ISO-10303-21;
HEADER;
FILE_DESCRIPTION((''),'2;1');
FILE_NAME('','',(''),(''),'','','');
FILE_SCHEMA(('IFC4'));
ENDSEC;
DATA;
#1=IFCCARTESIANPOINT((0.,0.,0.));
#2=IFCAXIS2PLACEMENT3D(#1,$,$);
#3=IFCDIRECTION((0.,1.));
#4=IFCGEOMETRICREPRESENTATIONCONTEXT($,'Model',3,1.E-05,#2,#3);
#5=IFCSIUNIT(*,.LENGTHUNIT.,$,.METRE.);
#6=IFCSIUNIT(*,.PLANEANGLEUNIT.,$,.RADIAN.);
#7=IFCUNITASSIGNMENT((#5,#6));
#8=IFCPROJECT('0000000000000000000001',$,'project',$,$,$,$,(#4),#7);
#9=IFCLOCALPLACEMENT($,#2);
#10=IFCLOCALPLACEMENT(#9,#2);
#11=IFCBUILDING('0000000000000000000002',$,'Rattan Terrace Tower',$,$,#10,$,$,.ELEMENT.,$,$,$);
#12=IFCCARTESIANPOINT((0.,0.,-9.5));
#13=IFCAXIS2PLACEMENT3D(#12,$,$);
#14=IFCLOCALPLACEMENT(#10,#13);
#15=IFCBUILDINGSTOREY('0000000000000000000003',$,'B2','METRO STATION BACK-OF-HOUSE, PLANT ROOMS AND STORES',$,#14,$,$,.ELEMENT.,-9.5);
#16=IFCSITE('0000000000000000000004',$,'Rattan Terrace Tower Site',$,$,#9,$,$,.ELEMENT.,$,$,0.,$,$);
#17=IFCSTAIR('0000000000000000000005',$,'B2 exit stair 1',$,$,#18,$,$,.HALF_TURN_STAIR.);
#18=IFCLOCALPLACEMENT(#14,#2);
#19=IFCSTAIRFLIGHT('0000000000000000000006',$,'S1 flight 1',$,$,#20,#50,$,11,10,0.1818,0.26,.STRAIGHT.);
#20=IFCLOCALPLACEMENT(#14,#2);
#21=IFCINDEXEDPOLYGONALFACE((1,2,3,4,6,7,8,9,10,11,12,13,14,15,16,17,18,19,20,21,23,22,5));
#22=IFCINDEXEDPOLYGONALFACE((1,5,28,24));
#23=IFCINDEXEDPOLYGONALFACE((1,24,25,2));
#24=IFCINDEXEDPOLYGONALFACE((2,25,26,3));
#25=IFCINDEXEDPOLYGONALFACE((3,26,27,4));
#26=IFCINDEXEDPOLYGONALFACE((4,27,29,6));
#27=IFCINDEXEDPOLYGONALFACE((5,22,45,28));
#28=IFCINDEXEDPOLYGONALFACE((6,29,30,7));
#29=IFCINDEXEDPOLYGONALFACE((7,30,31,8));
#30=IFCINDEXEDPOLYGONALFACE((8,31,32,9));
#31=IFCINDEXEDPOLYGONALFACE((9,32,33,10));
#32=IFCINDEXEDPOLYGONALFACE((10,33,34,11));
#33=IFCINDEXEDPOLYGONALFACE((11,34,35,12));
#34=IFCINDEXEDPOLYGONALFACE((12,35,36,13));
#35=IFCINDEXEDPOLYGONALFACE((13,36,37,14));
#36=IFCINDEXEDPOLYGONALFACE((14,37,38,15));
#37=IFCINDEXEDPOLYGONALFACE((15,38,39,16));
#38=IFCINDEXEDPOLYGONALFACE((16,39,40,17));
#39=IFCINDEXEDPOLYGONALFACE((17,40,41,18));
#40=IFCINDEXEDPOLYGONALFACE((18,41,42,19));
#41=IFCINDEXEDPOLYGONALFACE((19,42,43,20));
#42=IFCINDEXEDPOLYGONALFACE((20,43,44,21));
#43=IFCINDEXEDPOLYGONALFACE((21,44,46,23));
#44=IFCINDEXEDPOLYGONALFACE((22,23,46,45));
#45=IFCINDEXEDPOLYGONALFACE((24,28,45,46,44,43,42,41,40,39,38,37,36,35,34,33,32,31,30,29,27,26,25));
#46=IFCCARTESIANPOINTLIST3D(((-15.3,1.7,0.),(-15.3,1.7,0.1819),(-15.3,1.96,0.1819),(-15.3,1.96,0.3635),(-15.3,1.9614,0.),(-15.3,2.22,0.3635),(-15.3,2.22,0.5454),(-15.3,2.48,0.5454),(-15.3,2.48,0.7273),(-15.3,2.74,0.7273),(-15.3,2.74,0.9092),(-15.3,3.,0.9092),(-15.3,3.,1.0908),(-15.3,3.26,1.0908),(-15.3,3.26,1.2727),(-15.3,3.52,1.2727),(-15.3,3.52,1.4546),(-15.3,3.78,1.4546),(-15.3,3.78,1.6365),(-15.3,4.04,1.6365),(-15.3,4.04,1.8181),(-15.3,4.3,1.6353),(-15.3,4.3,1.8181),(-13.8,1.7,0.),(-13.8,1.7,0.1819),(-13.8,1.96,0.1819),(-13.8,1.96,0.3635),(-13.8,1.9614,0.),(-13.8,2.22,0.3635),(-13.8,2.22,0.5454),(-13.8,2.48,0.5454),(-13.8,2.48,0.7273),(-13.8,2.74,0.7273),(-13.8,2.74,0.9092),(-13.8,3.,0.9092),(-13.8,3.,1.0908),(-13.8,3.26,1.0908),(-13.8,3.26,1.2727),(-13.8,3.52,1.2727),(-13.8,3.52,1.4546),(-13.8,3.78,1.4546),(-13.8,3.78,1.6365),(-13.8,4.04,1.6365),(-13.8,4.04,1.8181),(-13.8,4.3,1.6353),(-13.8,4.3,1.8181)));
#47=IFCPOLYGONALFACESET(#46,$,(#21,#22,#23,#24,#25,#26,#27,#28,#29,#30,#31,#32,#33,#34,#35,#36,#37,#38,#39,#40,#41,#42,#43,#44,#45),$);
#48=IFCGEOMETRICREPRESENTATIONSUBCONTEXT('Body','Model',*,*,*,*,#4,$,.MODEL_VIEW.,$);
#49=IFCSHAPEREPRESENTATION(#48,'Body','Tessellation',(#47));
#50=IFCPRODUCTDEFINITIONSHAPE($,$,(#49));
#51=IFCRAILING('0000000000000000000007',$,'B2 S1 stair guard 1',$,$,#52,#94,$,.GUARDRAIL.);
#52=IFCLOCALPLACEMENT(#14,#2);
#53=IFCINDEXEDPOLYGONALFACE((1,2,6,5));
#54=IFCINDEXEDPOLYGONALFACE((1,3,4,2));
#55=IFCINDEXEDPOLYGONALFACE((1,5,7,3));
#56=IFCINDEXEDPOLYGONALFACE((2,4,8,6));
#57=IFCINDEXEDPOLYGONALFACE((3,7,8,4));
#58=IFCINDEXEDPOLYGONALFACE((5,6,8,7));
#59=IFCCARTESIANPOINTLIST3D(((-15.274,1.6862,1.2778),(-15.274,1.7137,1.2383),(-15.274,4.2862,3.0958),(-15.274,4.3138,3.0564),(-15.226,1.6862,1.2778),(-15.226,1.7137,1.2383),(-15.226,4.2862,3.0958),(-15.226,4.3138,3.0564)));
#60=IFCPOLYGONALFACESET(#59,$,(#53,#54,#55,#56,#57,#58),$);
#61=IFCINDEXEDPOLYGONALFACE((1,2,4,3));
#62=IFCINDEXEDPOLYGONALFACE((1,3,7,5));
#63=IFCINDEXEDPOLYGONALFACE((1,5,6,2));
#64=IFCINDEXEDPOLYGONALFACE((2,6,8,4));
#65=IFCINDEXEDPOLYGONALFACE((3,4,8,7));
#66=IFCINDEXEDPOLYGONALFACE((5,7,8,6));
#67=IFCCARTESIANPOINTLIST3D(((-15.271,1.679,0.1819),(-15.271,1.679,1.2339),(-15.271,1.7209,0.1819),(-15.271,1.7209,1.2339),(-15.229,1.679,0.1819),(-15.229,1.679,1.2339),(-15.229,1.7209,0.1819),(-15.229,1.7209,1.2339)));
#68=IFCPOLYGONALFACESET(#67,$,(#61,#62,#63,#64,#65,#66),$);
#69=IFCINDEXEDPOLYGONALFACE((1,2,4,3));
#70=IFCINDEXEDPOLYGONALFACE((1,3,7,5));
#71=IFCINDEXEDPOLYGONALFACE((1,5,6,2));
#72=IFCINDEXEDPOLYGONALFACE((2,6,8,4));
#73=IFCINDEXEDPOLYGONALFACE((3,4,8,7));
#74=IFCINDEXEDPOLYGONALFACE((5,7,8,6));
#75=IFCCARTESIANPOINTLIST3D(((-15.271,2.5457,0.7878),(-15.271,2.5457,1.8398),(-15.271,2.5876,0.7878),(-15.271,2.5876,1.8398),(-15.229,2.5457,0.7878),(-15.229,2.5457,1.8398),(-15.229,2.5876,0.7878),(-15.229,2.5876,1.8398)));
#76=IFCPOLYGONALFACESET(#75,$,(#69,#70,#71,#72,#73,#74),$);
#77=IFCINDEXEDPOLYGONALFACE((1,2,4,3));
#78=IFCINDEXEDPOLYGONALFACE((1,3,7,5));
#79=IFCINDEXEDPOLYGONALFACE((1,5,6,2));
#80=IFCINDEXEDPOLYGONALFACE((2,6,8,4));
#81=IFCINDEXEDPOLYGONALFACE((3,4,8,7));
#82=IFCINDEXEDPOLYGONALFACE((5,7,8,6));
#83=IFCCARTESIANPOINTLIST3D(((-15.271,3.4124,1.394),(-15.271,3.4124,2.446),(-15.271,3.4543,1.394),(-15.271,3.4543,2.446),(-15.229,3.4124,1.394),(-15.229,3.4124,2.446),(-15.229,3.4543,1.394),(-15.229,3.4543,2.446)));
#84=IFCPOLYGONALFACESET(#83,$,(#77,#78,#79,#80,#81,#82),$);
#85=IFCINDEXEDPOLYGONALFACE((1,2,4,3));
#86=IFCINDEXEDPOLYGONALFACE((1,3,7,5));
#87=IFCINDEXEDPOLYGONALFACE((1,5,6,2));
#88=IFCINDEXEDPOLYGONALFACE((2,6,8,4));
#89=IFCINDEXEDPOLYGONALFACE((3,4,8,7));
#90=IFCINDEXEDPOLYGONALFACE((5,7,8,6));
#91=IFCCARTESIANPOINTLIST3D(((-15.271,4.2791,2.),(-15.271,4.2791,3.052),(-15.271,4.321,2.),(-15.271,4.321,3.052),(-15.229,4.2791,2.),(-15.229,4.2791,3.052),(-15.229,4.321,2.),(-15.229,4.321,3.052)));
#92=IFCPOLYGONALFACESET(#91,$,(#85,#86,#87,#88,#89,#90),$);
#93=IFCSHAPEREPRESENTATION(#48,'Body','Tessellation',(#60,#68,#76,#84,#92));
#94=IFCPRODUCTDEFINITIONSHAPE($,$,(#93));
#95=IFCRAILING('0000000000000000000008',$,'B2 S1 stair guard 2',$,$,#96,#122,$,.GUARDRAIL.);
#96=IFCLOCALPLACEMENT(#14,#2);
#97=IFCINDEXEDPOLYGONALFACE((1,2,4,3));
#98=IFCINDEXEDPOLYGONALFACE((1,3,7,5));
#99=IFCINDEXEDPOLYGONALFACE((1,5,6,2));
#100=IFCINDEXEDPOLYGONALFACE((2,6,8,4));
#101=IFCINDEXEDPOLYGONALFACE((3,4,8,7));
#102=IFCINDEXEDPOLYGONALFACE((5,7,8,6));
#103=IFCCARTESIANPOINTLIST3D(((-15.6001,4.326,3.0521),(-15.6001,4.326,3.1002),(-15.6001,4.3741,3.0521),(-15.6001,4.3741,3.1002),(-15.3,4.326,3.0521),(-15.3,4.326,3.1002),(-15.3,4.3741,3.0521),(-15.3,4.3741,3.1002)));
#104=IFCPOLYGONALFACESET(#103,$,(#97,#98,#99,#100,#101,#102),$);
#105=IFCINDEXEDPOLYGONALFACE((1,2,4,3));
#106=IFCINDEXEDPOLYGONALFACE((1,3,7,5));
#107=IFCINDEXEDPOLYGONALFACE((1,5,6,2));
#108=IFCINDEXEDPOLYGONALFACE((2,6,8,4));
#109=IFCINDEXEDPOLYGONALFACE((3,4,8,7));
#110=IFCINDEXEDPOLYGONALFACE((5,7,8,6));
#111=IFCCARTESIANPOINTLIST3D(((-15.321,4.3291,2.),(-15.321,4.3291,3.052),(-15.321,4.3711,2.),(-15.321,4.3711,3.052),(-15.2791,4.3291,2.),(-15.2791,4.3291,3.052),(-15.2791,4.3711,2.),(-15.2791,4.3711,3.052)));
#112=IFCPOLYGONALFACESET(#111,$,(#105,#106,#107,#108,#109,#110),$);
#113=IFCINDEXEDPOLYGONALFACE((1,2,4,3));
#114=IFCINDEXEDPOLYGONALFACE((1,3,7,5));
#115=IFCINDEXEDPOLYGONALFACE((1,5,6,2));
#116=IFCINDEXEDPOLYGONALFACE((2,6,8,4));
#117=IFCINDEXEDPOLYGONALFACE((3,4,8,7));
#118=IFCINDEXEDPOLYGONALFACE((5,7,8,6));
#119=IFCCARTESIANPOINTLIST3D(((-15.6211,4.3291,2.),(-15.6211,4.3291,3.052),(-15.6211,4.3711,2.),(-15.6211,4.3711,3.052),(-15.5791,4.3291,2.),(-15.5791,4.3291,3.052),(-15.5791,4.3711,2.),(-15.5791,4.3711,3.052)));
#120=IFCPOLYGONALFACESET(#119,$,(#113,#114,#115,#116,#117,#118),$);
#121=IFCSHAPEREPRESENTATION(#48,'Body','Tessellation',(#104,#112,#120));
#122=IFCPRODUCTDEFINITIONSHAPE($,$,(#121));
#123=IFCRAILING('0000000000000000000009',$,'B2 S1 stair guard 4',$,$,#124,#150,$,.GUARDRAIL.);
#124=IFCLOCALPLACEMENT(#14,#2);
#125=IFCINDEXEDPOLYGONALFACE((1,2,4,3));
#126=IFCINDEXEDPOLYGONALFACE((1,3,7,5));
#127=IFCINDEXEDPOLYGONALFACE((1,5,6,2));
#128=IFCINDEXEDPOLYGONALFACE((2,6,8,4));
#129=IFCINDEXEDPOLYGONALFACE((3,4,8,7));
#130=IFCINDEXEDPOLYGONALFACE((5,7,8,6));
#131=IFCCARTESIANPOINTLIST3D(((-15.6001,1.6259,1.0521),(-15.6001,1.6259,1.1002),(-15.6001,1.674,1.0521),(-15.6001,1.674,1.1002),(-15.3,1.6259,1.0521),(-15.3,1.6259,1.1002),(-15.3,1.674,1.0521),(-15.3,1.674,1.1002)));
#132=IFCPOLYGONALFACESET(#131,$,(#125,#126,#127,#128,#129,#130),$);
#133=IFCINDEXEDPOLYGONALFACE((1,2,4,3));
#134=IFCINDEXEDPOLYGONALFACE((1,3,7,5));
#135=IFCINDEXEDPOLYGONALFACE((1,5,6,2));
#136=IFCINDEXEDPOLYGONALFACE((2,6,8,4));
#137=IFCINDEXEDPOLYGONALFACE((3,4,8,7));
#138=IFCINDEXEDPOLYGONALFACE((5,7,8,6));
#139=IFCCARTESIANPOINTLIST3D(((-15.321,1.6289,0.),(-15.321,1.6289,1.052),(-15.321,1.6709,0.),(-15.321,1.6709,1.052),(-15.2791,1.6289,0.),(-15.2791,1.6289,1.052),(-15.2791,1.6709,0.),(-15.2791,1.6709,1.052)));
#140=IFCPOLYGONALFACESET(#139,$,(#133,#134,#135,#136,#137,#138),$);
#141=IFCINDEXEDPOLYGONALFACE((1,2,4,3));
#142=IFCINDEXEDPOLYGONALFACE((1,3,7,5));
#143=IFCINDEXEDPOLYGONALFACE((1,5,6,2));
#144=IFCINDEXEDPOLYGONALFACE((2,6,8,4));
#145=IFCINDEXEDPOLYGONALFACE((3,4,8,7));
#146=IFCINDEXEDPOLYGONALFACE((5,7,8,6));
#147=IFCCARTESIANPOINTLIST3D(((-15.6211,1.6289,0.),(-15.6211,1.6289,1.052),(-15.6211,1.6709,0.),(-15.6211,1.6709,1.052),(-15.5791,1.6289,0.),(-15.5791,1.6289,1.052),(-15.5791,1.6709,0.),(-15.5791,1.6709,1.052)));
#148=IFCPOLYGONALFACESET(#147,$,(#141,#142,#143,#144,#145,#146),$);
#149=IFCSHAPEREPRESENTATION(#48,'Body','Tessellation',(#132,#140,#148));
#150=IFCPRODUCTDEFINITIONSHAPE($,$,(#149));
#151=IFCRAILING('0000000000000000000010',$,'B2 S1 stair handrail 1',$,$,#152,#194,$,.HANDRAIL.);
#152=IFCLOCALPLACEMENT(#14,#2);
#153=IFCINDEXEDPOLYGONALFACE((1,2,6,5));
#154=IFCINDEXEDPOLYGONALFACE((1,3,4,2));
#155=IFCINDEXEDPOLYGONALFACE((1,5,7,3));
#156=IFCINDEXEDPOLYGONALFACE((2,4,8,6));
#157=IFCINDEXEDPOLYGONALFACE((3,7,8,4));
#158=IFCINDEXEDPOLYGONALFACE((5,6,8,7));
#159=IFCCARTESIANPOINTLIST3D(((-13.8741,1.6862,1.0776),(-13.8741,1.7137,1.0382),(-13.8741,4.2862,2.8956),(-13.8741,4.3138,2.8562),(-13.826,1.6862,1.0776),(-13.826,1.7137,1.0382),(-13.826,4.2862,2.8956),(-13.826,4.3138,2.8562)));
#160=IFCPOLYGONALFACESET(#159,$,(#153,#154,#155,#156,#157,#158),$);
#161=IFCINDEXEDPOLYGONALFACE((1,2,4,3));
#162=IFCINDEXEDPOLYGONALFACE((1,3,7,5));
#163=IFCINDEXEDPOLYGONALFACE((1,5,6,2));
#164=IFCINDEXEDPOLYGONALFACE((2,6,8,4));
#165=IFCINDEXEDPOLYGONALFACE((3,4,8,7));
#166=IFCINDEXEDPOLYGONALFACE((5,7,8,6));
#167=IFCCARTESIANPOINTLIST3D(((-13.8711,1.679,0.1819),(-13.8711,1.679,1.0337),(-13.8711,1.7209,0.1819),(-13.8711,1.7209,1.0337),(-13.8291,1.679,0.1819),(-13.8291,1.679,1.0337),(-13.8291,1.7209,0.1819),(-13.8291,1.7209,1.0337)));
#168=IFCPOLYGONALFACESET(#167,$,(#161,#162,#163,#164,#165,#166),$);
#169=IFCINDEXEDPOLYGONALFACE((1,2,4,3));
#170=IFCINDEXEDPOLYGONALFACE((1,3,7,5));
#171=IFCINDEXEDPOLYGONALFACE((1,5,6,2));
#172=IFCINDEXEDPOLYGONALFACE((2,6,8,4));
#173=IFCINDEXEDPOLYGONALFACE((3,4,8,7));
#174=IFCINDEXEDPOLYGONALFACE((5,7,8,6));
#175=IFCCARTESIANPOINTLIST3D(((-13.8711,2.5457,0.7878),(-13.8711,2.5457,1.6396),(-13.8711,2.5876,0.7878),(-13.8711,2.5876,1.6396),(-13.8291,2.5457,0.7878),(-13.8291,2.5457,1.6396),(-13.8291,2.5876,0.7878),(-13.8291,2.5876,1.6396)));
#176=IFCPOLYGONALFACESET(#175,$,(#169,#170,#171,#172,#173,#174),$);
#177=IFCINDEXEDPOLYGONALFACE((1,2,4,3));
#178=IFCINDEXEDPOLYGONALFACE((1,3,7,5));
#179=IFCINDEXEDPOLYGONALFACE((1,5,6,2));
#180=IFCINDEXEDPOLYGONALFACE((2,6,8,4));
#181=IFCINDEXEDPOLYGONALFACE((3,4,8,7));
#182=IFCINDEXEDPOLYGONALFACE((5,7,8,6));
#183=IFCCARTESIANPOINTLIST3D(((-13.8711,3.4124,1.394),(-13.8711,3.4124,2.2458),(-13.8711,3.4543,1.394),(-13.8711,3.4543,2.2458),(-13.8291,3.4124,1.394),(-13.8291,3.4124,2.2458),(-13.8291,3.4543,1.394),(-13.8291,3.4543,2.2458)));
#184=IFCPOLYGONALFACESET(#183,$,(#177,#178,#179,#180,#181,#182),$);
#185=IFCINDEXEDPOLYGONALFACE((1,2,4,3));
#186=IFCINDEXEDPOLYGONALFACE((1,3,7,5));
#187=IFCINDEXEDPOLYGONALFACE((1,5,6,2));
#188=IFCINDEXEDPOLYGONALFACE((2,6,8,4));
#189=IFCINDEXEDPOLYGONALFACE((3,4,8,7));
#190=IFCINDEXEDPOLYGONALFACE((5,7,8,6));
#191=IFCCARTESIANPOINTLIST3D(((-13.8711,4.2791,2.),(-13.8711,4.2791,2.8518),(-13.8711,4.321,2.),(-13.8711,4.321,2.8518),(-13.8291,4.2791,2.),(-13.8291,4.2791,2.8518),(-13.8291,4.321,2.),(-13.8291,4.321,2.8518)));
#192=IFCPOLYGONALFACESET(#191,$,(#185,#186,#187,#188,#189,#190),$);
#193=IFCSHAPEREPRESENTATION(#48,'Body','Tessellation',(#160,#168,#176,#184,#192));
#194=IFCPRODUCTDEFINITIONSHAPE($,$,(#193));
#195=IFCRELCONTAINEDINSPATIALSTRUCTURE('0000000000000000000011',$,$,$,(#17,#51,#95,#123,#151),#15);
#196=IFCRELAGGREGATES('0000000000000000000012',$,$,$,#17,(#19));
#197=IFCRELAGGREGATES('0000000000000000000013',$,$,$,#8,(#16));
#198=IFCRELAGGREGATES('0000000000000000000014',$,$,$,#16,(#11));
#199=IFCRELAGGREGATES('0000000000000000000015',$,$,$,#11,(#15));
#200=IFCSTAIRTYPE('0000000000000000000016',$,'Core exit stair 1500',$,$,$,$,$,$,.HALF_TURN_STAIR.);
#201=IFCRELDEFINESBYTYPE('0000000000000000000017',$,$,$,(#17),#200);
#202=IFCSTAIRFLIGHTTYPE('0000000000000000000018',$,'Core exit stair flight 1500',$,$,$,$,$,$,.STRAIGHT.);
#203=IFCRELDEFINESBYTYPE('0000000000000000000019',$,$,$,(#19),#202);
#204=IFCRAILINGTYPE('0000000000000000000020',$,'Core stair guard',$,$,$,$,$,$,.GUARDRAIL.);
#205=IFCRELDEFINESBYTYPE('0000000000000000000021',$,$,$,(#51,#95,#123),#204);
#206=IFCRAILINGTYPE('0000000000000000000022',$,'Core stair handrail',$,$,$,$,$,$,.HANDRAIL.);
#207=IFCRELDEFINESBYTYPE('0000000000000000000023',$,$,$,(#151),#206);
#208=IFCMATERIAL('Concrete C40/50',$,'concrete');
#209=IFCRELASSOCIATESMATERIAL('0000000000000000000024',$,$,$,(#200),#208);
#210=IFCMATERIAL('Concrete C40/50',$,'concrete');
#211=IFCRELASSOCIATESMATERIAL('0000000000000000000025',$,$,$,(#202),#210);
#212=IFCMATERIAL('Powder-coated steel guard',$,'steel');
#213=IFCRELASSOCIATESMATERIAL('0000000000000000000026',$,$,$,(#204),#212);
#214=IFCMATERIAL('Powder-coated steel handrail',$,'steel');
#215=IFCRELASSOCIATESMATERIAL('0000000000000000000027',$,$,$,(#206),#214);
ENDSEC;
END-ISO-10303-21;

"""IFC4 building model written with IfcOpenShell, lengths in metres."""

from ifc_helpers import new_model, si_unit, direction, frame, origin, origin_2d, place, context, subcontext, project, spatial, polyline, rectangle, outline, extrude, material, type_object, element, aggregate, save


model = new_model("IFC4")

# Units and contexts
model_context = context("Model", 3, precision=1e-05, world=origin(), true_north=direction((0.0, 1.0)))
body_context = subcontext(model_context, "Body", "Model", "MODEL_VIEW")
ifc_project = project(units=[si_unit("LENGTHUNIT", "METRE"), si_unit("PLANEANGLEUNIT", "RADIAN")], contexts=[model_context])

# Site, building, storey
site_placement = place(None, origin())
site = spatial("IfcSite", under=ifc_project, at=site_placement, Name="Rattan Terrace Tower Site", CompositionType="ELEMENT", RefElevation=0.0)
building_placement = place(site_placement, origin())
building = spatial("IfcBuilding", under=site, at=building_placement, Name="Rattan Terrace Tower", CompositionType="ELEMENT")
storey_placement = place(building_placement, frame((0.0, 0.0, -9.5)))
storey = spatial("IfcBuildingStorey", under=building, at=storey_placement, Name="B2", Description="METRO STATION BACK-OF-HOUSE, PLANT ROOMS AND STORES", CompositionType="ELEMENT", Elevation=-9.5)

# Stair, stair flight
ifc_material_1 = material(Name="Concrete C40/50", Category="concrete")
stair_type = type_object("IfcStairType", Name="Core exit stair 1500", PredefinedType="HALF_TURN_STAIR", material=ifc_material_1)
stair_placement = place(storey_placement, origin())
stair = element("IfcStair", 1, at=stair_placement, inside=storey, type_object=stair_type, Name="B2 exit stair 1", PredefinedType="HALF_TURN_STAIR")
ifc_material_2 = material(Name="Concrete C40/50", Category="concrete")
stair_flight_type = type_object("IfcStairFlightType", Name="Core exit stair flight 1500", PredefinedType="STRAIGHT", material=ifc_material_2)
stair_flight_placement = place(storey_placement, frame((-14.55, 1.7, 0.0), z_axis=(0.0, 0.0, 1.0), x_axis=(0.0, 1.0, 0.0)))
stair_flight = element("IfcStairFlight", 2, at=stair_flight_placement, type_object=stair_flight_type, Name="S1 flight 1", NumberOfRisers=11, NumberOfTreads=10, PredefinedType="STRAIGHT", RiserHeight=0.1818, TreadLength=0.26, context=body_context, shape_type="SweptSolid", body=[
    extrude(outline(polyline([(0.0, 0.0), (0.0, 0.1819), (0.26, 0.1819), (0.26, 0.3635), (0.52, 0.3635), (0.52, 0.5454), (0.78, 0.5454), (0.78, 0.7273), (1.04, 0.7273), (1.04, 0.9092), (1.3, 0.9092), (1.3, 1.0908), (1.5601, 1.0908), (1.5601, 1.2727), (1.8201, 1.2727), (1.8201, 1.4546), (2.0801, 1.4546), (2.0801, 1.6365), (2.3401, 1.6365), (2.3401, 1.8181), (2.6001, 1.8181), (2.6001, 2.0), (2.6001, 1.6353), (0.2615, 0.0), (0.0, 0.0)])), frame((0.0, 0.75, 0.0), z_axis=(0.0, -1.0, 0.0), x_axis=(1.0, 0.0, 0.0)), (0.0, 0.0, 1.0), 1.5),
])
aggregate(stair, [stair_flight])

# Railings
ifc_material_3 = material(Name="Powder-coated steel guard", Category="steel")
railing_type_1 = type_object("IfcRailingType", Name="Core stair guard", PredefinedType="GUARDRAIL", material=ifc_material_3)
railing_1_placement = place(storey_placement, frame((-15.25, 1.7, 0.1819)))
element("IfcRailing", 3, at=railing_1_placement, inside=storey, type_object=railing_type_1, Name="B2 S1 stair guard 1", PredefinedType="GUARDRAIL", context=body_context, shape_type="SweptSolid", body=[
    extrude(rectangle(XDim=0.0481, YDim=0.0481, at=origin_2d()), frame((0.0, 0.0, 1.0762), z_axis=(0.0, 0.819521, 0.573049), x_axis=(-1.0, 0.0, 0.0)), (0.0, 0.0, 1.0), 3.1726),
    extrude(rectangle(XDim=0.042, YDim=0.042, at=origin_2d()), origin(), (0.0, 0.0, 1.0), 1.052),
    extrude(rectangle(XDim=0.042, YDim=0.042, at=origin_2d()), frame((0.0, 0.8667, 0.606)), (0.0, 0.0, 1.0), 1.052),
    extrude(rectangle(XDim=0.042, YDim=0.042, at=origin_2d()), frame((0.0, 1.7334, 1.2122)), (0.0, 0.0, 1.0), 1.052),
    extrude(rectangle(XDim=0.042, YDim=0.042, at=origin_2d()), frame((0.0, 2.6001, 1.8181)), (0.0, 0.0, 1.0), 1.052),
])
for number, where, name in (
    (4, (-15.3, 4.3501, 2.0), "B2 S1 stair guard 2"),
    (5, (-15.3, 1.6499, 0.0), "B2 S1 stair guard 4"),
):
    element("IfcRailing", number, at=place(storey_placement, frame(where)), inside=storey, type_object=railing_type_1, Name=name, PredefinedType="GUARDRAIL", context=body_context, shape_type="SweptSolid", body=[
        extrude(rectangle(XDim=0.0481, YDim=0.0481, at=origin_2d()), frame((0.0, 0.0, 1.0762), z_axis=(-1.0, 0.0, 0.0), x_axis=(0.0, -1.0, 0.0)), (0.0, 0.0, 1.0), 0.3),
        extrude(rectangle(XDim=0.042, YDim=0.042, at=origin_2d()), origin(), (0.0, 0.0, 1.0), 1.052),
        extrude(rectangle(XDim=0.042, YDim=0.042, at=origin_2d()), frame((-0.3, 0.0, 0.0)), (0.0, 0.0, 1.0), 1.052),
    ])
ifc_material_4 = material(Name="Powder-coated steel handrail", Category="steel")
railing_type_2 = type_object("IfcRailingType", Name="Core stair handrail", PredefinedType="HANDRAIL", material=ifc_material_4)
railing_2_placement = place(storey_placement, frame((-13.8501, 1.7, 0.1819)))
element("IfcRailing", 6, at=railing_2_placement, inside=storey, type_object=railing_type_2, Name="B2 S1 stair handrail 1", PredefinedType="HANDRAIL", context=body_context, shape_type="SweptSolid", body=[
    extrude(rectangle(XDim=0.0481, YDim=0.0481, at=origin_2d()), frame((0.0, 0.0, 0.876), z_axis=(0.0, 0.819521, 0.573049), x_axis=(-1.0, 0.0, 0.0)), (0.0, 0.0, 1.0), 3.1726),
    extrude(rectangle(XDim=0.042, YDim=0.042, at=origin_2d()), origin(), (0.0, 0.0, 1.0), 0.8518),
    extrude(rectangle(XDim=0.042, YDim=0.042, at=origin_2d()), frame((0.0, 0.8667, 0.606)), (0.0, 0.0, 1.0), 0.8518),
    extrude(rectangle(XDim=0.042, YDim=0.042, at=origin_2d()), frame((0.0, 1.7334, 1.2122)), (0.0, 0.0, 1.0), 0.8518),
    extrude(rectangle(XDim=0.042, YDim=0.042, at=origin_2d()), frame((0.0, 2.6001, 1.8181)), (0.0, 0.0, 1.0), 0.8518),
])

save(model, "model.ifc")
